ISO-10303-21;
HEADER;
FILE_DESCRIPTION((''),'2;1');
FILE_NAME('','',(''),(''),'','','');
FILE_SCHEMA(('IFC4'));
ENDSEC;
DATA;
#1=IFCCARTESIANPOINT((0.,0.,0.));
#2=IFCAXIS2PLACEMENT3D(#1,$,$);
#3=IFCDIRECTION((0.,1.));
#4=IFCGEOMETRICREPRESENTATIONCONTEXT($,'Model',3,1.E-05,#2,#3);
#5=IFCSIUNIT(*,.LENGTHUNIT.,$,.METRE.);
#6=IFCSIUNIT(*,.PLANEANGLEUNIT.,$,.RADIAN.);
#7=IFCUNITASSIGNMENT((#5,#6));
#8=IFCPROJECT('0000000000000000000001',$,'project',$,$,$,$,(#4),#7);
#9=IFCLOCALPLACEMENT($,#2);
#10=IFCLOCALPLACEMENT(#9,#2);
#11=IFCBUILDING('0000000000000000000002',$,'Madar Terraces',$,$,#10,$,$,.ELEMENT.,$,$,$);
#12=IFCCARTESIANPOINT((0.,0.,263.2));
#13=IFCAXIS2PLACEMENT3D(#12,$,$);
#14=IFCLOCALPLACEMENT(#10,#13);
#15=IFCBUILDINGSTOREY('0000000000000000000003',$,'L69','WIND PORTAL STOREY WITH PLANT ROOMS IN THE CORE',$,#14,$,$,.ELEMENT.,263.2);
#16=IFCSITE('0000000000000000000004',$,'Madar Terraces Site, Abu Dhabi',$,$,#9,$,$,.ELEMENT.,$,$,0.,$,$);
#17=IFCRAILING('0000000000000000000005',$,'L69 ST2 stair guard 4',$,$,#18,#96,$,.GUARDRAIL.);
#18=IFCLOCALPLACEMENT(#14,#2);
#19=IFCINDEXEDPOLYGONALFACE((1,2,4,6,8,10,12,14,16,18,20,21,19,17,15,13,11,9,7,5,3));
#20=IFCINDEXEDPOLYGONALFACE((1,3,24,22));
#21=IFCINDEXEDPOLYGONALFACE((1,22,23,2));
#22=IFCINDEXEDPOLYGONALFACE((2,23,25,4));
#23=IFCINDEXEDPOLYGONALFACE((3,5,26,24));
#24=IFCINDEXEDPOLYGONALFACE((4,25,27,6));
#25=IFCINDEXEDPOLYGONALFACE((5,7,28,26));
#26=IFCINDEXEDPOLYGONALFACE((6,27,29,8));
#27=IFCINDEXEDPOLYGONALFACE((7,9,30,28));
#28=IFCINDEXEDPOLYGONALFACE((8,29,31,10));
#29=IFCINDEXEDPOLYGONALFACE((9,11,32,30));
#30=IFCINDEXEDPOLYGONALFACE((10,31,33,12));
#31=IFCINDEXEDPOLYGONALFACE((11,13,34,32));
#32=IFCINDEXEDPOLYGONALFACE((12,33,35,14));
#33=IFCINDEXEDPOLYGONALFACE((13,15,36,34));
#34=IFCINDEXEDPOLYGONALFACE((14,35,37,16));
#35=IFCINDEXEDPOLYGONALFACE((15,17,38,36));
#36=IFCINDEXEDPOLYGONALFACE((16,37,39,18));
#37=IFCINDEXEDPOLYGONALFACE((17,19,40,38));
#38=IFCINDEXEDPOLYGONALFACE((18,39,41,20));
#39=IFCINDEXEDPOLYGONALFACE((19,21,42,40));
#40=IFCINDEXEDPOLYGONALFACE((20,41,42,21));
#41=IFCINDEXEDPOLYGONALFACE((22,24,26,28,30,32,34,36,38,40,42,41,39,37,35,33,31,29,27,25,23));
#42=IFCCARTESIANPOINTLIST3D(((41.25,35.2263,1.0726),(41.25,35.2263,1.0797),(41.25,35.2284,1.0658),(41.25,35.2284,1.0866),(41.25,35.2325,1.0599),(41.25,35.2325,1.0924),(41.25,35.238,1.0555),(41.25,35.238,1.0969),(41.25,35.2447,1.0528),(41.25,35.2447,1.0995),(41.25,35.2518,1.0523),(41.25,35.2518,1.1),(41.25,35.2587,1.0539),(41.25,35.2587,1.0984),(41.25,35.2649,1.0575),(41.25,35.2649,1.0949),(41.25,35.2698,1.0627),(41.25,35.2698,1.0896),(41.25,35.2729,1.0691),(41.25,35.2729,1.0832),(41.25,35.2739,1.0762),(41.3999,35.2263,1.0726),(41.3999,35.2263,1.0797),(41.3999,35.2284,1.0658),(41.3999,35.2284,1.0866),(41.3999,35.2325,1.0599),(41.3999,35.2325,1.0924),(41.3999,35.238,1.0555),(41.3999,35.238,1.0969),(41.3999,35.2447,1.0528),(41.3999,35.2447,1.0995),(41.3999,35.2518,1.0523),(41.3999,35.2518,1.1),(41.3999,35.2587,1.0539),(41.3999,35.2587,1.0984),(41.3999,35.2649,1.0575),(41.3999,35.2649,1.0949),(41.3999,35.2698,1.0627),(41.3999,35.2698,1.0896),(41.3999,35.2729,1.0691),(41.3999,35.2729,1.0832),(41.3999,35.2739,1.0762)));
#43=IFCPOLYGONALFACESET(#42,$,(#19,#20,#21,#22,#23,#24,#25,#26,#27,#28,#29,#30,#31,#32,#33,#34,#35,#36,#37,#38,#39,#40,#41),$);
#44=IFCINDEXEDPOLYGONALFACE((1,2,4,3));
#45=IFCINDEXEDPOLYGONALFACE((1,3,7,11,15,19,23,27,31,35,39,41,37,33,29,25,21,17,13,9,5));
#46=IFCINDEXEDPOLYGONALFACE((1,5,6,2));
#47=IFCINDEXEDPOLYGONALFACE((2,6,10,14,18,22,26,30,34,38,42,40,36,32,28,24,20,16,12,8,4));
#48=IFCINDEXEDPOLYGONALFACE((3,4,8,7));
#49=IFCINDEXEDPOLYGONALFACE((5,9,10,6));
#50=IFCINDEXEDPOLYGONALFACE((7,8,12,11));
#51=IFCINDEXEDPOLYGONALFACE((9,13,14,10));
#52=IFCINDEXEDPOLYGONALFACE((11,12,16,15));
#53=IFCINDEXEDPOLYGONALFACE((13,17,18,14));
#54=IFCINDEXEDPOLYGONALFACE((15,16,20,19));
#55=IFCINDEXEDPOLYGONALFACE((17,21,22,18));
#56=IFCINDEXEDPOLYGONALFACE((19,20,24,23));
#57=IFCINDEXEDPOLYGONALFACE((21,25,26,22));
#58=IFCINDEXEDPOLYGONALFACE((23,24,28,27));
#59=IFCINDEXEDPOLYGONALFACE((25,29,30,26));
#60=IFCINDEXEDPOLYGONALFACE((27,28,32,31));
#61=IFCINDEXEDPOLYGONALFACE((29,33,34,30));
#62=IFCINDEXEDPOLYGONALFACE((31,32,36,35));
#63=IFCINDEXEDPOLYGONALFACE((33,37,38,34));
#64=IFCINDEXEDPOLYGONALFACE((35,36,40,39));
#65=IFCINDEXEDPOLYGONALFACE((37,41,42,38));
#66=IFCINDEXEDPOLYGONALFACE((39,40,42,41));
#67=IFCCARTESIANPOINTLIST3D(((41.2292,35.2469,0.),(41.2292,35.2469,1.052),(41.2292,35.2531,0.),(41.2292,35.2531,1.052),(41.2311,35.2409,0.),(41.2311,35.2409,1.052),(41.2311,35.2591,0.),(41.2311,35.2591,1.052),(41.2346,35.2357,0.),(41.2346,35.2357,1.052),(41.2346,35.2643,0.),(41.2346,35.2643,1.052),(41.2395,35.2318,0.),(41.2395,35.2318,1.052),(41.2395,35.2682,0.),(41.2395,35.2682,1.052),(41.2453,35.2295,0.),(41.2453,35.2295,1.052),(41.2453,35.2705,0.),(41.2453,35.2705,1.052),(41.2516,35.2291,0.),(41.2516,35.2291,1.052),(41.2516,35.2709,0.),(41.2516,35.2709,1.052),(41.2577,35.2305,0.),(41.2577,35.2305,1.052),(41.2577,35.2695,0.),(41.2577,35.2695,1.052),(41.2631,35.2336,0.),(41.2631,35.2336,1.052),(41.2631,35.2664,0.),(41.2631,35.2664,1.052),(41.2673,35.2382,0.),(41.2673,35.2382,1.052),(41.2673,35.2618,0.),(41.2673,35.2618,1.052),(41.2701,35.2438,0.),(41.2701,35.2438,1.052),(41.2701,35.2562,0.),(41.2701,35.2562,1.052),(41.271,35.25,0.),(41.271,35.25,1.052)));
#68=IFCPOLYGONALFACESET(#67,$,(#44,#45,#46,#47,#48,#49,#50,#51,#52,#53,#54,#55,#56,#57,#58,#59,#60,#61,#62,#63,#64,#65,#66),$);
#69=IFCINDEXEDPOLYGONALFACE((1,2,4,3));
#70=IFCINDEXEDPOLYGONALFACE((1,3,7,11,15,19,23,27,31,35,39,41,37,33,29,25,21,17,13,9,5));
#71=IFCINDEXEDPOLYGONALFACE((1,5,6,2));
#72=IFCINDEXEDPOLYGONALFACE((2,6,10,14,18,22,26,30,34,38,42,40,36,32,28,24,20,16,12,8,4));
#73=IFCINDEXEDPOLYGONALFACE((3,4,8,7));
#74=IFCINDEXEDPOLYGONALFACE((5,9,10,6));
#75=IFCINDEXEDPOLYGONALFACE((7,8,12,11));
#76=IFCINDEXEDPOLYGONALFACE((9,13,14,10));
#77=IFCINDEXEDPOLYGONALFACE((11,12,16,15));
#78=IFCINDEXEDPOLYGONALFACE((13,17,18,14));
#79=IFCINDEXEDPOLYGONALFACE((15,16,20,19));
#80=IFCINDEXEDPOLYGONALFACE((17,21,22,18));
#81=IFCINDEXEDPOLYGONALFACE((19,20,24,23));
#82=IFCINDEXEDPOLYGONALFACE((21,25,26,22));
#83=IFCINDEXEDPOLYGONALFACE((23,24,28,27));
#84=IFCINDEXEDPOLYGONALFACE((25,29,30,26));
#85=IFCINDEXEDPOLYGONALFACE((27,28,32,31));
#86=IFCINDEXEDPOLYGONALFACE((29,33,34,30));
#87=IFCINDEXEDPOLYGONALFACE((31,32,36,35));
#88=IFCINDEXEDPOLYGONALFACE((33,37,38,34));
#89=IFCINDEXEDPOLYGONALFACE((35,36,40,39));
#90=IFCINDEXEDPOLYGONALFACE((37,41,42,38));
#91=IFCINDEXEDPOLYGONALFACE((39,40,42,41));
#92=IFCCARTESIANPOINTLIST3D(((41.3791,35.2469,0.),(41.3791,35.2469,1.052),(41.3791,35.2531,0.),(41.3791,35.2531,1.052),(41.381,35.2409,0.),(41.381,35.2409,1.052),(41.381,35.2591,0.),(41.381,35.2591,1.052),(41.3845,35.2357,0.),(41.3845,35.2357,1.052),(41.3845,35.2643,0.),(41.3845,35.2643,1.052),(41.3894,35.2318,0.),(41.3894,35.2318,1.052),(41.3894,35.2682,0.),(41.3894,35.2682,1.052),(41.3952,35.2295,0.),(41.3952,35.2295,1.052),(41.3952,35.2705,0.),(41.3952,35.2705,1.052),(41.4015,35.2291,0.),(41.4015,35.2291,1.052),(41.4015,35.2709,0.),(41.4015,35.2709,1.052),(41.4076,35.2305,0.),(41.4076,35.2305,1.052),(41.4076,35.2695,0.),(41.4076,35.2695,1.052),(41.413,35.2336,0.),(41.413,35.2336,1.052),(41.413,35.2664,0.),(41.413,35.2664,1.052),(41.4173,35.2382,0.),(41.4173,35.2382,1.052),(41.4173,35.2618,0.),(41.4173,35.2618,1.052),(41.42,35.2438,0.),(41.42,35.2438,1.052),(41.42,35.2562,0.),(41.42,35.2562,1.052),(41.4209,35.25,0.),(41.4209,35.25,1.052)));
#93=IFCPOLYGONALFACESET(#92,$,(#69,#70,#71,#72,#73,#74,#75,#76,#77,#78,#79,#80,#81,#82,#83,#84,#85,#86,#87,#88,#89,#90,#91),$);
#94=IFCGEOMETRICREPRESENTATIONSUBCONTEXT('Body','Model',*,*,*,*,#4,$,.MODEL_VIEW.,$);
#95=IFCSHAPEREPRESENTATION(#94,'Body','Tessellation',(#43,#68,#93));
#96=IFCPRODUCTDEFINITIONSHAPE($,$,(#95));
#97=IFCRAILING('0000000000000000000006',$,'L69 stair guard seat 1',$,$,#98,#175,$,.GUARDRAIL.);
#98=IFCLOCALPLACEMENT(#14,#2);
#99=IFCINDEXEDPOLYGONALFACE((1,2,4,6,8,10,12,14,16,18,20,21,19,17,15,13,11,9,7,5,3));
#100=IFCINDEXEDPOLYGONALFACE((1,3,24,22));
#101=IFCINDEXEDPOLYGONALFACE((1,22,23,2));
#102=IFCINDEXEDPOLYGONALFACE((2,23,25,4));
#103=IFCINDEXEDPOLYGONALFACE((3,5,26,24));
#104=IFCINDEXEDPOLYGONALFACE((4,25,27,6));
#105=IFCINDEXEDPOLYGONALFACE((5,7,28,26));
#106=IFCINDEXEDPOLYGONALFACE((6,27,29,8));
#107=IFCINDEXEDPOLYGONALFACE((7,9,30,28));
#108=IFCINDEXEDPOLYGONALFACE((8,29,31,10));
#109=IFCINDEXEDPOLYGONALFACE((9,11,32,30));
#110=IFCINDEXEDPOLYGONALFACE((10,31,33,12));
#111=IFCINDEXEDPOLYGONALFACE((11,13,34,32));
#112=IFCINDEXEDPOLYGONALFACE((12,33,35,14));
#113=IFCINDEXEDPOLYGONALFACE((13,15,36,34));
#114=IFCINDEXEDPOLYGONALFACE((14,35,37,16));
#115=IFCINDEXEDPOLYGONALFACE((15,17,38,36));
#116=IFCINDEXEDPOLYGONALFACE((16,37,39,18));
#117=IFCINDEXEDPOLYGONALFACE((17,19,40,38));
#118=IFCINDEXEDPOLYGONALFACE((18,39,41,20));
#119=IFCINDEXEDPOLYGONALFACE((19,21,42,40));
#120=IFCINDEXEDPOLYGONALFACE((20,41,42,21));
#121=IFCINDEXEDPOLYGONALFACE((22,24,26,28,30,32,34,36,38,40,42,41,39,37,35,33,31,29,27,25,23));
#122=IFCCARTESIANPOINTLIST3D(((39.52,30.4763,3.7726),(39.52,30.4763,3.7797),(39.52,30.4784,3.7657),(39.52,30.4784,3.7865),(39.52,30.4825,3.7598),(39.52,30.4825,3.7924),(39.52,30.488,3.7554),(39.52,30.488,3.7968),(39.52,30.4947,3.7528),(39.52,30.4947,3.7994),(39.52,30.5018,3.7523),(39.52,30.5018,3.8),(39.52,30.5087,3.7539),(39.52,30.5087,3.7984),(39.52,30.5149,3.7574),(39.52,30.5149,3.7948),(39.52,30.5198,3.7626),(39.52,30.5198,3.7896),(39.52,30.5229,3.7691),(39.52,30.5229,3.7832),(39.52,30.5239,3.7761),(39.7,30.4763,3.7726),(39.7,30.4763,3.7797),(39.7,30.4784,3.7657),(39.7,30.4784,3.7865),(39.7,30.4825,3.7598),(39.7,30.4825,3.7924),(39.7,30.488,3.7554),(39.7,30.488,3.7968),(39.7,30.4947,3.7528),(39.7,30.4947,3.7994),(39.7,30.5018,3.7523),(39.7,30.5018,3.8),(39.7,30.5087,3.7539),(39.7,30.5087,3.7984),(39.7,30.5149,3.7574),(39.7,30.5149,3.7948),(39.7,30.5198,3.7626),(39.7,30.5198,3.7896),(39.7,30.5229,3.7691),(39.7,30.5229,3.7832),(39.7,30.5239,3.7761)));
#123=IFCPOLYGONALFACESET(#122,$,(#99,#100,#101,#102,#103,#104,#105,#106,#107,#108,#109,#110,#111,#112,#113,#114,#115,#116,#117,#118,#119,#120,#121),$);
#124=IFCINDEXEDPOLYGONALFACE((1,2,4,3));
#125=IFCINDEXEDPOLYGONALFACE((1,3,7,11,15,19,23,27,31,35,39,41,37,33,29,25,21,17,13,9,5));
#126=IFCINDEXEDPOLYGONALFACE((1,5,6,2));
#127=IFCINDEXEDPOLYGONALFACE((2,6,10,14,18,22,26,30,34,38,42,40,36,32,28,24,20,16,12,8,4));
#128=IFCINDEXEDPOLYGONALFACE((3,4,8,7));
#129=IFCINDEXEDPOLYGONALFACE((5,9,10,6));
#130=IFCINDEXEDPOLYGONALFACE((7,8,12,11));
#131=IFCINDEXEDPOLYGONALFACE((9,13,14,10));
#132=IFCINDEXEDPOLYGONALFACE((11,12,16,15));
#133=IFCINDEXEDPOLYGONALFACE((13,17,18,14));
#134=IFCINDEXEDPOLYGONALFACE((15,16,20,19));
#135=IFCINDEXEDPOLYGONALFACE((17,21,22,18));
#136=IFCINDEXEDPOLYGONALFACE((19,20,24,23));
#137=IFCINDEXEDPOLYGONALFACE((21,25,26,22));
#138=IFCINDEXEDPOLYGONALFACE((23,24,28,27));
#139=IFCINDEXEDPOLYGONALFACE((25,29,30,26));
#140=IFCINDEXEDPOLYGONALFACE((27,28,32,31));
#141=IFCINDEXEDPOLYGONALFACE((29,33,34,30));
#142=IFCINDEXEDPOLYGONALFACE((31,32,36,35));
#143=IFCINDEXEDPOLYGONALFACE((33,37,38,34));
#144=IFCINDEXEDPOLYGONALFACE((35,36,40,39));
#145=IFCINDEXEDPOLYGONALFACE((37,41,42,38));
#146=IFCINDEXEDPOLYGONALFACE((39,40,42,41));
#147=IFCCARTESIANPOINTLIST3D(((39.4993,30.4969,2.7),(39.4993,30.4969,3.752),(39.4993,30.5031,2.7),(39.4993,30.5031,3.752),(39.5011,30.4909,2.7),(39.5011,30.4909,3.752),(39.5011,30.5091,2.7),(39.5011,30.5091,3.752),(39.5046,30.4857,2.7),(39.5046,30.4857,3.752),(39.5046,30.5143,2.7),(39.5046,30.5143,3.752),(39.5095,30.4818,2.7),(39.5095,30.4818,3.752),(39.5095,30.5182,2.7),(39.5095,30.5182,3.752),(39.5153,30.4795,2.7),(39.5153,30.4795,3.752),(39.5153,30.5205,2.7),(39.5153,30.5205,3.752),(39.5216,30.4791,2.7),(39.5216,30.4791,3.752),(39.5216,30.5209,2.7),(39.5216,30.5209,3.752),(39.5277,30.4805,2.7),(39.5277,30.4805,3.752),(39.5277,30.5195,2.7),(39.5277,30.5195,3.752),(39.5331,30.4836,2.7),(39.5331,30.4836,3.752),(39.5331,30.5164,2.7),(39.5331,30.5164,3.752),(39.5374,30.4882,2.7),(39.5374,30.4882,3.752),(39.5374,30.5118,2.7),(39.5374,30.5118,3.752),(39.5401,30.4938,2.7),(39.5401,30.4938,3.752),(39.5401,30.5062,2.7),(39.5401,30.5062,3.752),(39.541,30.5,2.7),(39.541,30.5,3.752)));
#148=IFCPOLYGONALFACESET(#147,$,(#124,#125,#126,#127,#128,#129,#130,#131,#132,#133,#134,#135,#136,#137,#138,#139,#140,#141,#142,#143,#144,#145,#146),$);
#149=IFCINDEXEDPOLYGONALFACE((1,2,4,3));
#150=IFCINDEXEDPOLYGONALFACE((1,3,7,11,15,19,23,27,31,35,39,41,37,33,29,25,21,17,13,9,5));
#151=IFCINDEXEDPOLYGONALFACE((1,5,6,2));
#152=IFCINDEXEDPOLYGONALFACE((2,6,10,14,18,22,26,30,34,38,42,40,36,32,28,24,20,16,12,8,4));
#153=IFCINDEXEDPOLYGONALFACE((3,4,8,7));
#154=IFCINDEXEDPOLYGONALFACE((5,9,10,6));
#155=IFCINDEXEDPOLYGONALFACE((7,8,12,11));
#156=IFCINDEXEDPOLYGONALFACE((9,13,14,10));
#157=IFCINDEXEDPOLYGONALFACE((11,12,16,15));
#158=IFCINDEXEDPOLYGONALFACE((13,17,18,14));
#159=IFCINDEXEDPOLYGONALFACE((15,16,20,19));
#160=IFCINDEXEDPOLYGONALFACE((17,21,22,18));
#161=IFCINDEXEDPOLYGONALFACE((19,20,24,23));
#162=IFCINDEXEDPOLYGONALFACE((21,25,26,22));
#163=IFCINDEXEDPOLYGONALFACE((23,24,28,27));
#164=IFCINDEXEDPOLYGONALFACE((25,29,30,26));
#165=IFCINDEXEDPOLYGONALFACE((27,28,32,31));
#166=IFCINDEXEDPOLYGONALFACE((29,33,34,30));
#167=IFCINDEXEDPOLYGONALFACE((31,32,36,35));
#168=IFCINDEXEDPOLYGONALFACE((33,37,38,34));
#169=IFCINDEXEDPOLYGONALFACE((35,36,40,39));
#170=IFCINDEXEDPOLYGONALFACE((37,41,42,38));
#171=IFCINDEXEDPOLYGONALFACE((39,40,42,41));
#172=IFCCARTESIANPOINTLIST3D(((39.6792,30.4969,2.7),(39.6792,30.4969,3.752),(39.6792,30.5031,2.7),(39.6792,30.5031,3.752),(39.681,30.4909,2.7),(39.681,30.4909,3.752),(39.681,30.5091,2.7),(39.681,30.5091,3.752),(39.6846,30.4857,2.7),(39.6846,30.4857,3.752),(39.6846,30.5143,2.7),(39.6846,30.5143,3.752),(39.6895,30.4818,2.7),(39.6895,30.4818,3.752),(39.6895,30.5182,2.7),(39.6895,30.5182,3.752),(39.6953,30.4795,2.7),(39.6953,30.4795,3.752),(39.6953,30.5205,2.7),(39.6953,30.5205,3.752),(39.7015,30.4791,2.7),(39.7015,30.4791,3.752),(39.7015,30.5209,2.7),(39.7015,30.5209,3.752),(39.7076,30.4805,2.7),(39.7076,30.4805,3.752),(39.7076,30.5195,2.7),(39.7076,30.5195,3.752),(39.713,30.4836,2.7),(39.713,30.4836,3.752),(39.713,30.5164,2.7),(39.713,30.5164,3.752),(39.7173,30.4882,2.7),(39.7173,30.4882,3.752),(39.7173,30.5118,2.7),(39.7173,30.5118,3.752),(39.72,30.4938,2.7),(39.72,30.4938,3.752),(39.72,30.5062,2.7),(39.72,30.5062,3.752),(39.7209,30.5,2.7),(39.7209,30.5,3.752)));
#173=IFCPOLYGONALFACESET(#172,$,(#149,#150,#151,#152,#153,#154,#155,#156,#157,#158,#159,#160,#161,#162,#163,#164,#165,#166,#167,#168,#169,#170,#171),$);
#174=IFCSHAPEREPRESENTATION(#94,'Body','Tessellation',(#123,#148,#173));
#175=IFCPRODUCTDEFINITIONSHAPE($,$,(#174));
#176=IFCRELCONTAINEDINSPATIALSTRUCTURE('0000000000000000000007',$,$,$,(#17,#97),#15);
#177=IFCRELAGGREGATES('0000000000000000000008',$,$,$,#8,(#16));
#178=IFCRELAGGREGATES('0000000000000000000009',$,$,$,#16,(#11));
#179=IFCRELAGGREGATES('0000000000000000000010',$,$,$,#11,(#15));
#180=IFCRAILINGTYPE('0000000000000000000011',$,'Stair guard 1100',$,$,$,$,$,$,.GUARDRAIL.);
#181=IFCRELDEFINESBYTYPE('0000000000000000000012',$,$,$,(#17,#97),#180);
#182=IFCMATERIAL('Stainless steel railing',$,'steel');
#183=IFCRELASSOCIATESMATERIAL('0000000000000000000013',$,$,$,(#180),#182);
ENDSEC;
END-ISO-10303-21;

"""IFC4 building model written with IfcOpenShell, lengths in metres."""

from ifc_helpers import new_model, si_unit, direction, frame, origin, origin_2d, place, context, subcontext, project, spatial, circle, extrude, material, type_object, element, save


model = new_model("IFC4")

# Units and contexts
model_context = context("Model", 3, precision=1e-05, world=origin(), true_north=direction((0.0, 1.0)))
body_context = subcontext(model_context, "Body", "Model", "MODEL_VIEW")
ifc_project = project(units=[si_unit("LENGTHUNIT", "METRE"), si_unit("PLANEANGLEUNIT", "RADIAN")], contexts=[model_context])

# Site, building, storey
site_placement = place(None, origin())
site = spatial("IfcSite", under=ifc_project, at=site_placement, Name="Madar Terraces Site, Abu Dhabi", CompositionType="ELEMENT", RefElevation=0.0)
building_placement = place(site_placement, origin())
building = spatial("IfcBuilding", under=site, at=building_placement, Name="Madar Terraces", CompositionType="ELEMENT")
storey_placement = place(building_placement, frame((0.0, 0.0, 263.2)))
storey = spatial("IfcBuildingStorey", under=building, at=storey_placement, Name="L69", Description="WIND PORTAL STOREY WITH PLANT ROOMS IN THE CORE", CompositionType="ELEMENT", Elevation=263.2)

# Railings
ifc_material_1 = material(Name="Stainless steel railing", Category="steel")
railing_type_1 = type_object("IfcRailingType", Name="Stair guard 1100", PredefinedType="GUARDRAIL", material=ifc_material_1)
railing_1_placement = place(storey_placement, frame((41.25, 35.25, 0.0)))
element("IfcRailing", 1, at=railing_1_placement, inside=storey, type_object=railing_type_1, Name="L69 ST2 stair guard 4", PredefinedType="GUARDRAIL", context=body_context, shape_type="SweptSolid", body=[
    extrude(circle(Radius=0.0239, at=origin_2d()), frame((0.0, 0.0, 1.0762), z_axis=(1.0, 0.0, 0.0), x_axis=(0.0, 1.0, 0.0)), (0.0, 0.0, 1.0), 0.1499),
    extrude(circle(Radius=0.021, at=origin_2d()), origin(), (0.0, 0.0, 1.0), 1.052),
    extrude(circle(Radius=0.021, at=origin_2d()), frame((0.1499, 0.0, 0.0)), (0.0, 0.0, 1.0), 1.052),
])
for number, where, name in (
    (2, (39.52, 30.5, 2.7), "L69 stair guard seat 1"),
):
    element("IfcRailing", number, at=place(storey_placement, frame(where)), inside=storey, type_object=railing_type_1, Name=name, PredefinedType="GUARDRAIL", context=body_context, shape_type="SweptSolid", body=[
        extrude(circle(Radius=0.0239, at=origin_2d()), frame((0.0, 0.0, 1.0762), z_axis=(1.0, 0.0, 0.0), x_axis=(0.0, 1.0, 0.0)), (0.0, 0.0, 1.0), 0.1799),
        extrude(circle(Radius=0.021, at=origin_2d()), origin(), (0.0, 0.0, 1.0), 1.052),
        extrude(circle(Radius=0.021, at=origin_2d()), frame((0.1799, 0.0, 0.0)), (0.0, 0.0, 1.0), 1.052),
    ])

save(model, "model.ifc")
